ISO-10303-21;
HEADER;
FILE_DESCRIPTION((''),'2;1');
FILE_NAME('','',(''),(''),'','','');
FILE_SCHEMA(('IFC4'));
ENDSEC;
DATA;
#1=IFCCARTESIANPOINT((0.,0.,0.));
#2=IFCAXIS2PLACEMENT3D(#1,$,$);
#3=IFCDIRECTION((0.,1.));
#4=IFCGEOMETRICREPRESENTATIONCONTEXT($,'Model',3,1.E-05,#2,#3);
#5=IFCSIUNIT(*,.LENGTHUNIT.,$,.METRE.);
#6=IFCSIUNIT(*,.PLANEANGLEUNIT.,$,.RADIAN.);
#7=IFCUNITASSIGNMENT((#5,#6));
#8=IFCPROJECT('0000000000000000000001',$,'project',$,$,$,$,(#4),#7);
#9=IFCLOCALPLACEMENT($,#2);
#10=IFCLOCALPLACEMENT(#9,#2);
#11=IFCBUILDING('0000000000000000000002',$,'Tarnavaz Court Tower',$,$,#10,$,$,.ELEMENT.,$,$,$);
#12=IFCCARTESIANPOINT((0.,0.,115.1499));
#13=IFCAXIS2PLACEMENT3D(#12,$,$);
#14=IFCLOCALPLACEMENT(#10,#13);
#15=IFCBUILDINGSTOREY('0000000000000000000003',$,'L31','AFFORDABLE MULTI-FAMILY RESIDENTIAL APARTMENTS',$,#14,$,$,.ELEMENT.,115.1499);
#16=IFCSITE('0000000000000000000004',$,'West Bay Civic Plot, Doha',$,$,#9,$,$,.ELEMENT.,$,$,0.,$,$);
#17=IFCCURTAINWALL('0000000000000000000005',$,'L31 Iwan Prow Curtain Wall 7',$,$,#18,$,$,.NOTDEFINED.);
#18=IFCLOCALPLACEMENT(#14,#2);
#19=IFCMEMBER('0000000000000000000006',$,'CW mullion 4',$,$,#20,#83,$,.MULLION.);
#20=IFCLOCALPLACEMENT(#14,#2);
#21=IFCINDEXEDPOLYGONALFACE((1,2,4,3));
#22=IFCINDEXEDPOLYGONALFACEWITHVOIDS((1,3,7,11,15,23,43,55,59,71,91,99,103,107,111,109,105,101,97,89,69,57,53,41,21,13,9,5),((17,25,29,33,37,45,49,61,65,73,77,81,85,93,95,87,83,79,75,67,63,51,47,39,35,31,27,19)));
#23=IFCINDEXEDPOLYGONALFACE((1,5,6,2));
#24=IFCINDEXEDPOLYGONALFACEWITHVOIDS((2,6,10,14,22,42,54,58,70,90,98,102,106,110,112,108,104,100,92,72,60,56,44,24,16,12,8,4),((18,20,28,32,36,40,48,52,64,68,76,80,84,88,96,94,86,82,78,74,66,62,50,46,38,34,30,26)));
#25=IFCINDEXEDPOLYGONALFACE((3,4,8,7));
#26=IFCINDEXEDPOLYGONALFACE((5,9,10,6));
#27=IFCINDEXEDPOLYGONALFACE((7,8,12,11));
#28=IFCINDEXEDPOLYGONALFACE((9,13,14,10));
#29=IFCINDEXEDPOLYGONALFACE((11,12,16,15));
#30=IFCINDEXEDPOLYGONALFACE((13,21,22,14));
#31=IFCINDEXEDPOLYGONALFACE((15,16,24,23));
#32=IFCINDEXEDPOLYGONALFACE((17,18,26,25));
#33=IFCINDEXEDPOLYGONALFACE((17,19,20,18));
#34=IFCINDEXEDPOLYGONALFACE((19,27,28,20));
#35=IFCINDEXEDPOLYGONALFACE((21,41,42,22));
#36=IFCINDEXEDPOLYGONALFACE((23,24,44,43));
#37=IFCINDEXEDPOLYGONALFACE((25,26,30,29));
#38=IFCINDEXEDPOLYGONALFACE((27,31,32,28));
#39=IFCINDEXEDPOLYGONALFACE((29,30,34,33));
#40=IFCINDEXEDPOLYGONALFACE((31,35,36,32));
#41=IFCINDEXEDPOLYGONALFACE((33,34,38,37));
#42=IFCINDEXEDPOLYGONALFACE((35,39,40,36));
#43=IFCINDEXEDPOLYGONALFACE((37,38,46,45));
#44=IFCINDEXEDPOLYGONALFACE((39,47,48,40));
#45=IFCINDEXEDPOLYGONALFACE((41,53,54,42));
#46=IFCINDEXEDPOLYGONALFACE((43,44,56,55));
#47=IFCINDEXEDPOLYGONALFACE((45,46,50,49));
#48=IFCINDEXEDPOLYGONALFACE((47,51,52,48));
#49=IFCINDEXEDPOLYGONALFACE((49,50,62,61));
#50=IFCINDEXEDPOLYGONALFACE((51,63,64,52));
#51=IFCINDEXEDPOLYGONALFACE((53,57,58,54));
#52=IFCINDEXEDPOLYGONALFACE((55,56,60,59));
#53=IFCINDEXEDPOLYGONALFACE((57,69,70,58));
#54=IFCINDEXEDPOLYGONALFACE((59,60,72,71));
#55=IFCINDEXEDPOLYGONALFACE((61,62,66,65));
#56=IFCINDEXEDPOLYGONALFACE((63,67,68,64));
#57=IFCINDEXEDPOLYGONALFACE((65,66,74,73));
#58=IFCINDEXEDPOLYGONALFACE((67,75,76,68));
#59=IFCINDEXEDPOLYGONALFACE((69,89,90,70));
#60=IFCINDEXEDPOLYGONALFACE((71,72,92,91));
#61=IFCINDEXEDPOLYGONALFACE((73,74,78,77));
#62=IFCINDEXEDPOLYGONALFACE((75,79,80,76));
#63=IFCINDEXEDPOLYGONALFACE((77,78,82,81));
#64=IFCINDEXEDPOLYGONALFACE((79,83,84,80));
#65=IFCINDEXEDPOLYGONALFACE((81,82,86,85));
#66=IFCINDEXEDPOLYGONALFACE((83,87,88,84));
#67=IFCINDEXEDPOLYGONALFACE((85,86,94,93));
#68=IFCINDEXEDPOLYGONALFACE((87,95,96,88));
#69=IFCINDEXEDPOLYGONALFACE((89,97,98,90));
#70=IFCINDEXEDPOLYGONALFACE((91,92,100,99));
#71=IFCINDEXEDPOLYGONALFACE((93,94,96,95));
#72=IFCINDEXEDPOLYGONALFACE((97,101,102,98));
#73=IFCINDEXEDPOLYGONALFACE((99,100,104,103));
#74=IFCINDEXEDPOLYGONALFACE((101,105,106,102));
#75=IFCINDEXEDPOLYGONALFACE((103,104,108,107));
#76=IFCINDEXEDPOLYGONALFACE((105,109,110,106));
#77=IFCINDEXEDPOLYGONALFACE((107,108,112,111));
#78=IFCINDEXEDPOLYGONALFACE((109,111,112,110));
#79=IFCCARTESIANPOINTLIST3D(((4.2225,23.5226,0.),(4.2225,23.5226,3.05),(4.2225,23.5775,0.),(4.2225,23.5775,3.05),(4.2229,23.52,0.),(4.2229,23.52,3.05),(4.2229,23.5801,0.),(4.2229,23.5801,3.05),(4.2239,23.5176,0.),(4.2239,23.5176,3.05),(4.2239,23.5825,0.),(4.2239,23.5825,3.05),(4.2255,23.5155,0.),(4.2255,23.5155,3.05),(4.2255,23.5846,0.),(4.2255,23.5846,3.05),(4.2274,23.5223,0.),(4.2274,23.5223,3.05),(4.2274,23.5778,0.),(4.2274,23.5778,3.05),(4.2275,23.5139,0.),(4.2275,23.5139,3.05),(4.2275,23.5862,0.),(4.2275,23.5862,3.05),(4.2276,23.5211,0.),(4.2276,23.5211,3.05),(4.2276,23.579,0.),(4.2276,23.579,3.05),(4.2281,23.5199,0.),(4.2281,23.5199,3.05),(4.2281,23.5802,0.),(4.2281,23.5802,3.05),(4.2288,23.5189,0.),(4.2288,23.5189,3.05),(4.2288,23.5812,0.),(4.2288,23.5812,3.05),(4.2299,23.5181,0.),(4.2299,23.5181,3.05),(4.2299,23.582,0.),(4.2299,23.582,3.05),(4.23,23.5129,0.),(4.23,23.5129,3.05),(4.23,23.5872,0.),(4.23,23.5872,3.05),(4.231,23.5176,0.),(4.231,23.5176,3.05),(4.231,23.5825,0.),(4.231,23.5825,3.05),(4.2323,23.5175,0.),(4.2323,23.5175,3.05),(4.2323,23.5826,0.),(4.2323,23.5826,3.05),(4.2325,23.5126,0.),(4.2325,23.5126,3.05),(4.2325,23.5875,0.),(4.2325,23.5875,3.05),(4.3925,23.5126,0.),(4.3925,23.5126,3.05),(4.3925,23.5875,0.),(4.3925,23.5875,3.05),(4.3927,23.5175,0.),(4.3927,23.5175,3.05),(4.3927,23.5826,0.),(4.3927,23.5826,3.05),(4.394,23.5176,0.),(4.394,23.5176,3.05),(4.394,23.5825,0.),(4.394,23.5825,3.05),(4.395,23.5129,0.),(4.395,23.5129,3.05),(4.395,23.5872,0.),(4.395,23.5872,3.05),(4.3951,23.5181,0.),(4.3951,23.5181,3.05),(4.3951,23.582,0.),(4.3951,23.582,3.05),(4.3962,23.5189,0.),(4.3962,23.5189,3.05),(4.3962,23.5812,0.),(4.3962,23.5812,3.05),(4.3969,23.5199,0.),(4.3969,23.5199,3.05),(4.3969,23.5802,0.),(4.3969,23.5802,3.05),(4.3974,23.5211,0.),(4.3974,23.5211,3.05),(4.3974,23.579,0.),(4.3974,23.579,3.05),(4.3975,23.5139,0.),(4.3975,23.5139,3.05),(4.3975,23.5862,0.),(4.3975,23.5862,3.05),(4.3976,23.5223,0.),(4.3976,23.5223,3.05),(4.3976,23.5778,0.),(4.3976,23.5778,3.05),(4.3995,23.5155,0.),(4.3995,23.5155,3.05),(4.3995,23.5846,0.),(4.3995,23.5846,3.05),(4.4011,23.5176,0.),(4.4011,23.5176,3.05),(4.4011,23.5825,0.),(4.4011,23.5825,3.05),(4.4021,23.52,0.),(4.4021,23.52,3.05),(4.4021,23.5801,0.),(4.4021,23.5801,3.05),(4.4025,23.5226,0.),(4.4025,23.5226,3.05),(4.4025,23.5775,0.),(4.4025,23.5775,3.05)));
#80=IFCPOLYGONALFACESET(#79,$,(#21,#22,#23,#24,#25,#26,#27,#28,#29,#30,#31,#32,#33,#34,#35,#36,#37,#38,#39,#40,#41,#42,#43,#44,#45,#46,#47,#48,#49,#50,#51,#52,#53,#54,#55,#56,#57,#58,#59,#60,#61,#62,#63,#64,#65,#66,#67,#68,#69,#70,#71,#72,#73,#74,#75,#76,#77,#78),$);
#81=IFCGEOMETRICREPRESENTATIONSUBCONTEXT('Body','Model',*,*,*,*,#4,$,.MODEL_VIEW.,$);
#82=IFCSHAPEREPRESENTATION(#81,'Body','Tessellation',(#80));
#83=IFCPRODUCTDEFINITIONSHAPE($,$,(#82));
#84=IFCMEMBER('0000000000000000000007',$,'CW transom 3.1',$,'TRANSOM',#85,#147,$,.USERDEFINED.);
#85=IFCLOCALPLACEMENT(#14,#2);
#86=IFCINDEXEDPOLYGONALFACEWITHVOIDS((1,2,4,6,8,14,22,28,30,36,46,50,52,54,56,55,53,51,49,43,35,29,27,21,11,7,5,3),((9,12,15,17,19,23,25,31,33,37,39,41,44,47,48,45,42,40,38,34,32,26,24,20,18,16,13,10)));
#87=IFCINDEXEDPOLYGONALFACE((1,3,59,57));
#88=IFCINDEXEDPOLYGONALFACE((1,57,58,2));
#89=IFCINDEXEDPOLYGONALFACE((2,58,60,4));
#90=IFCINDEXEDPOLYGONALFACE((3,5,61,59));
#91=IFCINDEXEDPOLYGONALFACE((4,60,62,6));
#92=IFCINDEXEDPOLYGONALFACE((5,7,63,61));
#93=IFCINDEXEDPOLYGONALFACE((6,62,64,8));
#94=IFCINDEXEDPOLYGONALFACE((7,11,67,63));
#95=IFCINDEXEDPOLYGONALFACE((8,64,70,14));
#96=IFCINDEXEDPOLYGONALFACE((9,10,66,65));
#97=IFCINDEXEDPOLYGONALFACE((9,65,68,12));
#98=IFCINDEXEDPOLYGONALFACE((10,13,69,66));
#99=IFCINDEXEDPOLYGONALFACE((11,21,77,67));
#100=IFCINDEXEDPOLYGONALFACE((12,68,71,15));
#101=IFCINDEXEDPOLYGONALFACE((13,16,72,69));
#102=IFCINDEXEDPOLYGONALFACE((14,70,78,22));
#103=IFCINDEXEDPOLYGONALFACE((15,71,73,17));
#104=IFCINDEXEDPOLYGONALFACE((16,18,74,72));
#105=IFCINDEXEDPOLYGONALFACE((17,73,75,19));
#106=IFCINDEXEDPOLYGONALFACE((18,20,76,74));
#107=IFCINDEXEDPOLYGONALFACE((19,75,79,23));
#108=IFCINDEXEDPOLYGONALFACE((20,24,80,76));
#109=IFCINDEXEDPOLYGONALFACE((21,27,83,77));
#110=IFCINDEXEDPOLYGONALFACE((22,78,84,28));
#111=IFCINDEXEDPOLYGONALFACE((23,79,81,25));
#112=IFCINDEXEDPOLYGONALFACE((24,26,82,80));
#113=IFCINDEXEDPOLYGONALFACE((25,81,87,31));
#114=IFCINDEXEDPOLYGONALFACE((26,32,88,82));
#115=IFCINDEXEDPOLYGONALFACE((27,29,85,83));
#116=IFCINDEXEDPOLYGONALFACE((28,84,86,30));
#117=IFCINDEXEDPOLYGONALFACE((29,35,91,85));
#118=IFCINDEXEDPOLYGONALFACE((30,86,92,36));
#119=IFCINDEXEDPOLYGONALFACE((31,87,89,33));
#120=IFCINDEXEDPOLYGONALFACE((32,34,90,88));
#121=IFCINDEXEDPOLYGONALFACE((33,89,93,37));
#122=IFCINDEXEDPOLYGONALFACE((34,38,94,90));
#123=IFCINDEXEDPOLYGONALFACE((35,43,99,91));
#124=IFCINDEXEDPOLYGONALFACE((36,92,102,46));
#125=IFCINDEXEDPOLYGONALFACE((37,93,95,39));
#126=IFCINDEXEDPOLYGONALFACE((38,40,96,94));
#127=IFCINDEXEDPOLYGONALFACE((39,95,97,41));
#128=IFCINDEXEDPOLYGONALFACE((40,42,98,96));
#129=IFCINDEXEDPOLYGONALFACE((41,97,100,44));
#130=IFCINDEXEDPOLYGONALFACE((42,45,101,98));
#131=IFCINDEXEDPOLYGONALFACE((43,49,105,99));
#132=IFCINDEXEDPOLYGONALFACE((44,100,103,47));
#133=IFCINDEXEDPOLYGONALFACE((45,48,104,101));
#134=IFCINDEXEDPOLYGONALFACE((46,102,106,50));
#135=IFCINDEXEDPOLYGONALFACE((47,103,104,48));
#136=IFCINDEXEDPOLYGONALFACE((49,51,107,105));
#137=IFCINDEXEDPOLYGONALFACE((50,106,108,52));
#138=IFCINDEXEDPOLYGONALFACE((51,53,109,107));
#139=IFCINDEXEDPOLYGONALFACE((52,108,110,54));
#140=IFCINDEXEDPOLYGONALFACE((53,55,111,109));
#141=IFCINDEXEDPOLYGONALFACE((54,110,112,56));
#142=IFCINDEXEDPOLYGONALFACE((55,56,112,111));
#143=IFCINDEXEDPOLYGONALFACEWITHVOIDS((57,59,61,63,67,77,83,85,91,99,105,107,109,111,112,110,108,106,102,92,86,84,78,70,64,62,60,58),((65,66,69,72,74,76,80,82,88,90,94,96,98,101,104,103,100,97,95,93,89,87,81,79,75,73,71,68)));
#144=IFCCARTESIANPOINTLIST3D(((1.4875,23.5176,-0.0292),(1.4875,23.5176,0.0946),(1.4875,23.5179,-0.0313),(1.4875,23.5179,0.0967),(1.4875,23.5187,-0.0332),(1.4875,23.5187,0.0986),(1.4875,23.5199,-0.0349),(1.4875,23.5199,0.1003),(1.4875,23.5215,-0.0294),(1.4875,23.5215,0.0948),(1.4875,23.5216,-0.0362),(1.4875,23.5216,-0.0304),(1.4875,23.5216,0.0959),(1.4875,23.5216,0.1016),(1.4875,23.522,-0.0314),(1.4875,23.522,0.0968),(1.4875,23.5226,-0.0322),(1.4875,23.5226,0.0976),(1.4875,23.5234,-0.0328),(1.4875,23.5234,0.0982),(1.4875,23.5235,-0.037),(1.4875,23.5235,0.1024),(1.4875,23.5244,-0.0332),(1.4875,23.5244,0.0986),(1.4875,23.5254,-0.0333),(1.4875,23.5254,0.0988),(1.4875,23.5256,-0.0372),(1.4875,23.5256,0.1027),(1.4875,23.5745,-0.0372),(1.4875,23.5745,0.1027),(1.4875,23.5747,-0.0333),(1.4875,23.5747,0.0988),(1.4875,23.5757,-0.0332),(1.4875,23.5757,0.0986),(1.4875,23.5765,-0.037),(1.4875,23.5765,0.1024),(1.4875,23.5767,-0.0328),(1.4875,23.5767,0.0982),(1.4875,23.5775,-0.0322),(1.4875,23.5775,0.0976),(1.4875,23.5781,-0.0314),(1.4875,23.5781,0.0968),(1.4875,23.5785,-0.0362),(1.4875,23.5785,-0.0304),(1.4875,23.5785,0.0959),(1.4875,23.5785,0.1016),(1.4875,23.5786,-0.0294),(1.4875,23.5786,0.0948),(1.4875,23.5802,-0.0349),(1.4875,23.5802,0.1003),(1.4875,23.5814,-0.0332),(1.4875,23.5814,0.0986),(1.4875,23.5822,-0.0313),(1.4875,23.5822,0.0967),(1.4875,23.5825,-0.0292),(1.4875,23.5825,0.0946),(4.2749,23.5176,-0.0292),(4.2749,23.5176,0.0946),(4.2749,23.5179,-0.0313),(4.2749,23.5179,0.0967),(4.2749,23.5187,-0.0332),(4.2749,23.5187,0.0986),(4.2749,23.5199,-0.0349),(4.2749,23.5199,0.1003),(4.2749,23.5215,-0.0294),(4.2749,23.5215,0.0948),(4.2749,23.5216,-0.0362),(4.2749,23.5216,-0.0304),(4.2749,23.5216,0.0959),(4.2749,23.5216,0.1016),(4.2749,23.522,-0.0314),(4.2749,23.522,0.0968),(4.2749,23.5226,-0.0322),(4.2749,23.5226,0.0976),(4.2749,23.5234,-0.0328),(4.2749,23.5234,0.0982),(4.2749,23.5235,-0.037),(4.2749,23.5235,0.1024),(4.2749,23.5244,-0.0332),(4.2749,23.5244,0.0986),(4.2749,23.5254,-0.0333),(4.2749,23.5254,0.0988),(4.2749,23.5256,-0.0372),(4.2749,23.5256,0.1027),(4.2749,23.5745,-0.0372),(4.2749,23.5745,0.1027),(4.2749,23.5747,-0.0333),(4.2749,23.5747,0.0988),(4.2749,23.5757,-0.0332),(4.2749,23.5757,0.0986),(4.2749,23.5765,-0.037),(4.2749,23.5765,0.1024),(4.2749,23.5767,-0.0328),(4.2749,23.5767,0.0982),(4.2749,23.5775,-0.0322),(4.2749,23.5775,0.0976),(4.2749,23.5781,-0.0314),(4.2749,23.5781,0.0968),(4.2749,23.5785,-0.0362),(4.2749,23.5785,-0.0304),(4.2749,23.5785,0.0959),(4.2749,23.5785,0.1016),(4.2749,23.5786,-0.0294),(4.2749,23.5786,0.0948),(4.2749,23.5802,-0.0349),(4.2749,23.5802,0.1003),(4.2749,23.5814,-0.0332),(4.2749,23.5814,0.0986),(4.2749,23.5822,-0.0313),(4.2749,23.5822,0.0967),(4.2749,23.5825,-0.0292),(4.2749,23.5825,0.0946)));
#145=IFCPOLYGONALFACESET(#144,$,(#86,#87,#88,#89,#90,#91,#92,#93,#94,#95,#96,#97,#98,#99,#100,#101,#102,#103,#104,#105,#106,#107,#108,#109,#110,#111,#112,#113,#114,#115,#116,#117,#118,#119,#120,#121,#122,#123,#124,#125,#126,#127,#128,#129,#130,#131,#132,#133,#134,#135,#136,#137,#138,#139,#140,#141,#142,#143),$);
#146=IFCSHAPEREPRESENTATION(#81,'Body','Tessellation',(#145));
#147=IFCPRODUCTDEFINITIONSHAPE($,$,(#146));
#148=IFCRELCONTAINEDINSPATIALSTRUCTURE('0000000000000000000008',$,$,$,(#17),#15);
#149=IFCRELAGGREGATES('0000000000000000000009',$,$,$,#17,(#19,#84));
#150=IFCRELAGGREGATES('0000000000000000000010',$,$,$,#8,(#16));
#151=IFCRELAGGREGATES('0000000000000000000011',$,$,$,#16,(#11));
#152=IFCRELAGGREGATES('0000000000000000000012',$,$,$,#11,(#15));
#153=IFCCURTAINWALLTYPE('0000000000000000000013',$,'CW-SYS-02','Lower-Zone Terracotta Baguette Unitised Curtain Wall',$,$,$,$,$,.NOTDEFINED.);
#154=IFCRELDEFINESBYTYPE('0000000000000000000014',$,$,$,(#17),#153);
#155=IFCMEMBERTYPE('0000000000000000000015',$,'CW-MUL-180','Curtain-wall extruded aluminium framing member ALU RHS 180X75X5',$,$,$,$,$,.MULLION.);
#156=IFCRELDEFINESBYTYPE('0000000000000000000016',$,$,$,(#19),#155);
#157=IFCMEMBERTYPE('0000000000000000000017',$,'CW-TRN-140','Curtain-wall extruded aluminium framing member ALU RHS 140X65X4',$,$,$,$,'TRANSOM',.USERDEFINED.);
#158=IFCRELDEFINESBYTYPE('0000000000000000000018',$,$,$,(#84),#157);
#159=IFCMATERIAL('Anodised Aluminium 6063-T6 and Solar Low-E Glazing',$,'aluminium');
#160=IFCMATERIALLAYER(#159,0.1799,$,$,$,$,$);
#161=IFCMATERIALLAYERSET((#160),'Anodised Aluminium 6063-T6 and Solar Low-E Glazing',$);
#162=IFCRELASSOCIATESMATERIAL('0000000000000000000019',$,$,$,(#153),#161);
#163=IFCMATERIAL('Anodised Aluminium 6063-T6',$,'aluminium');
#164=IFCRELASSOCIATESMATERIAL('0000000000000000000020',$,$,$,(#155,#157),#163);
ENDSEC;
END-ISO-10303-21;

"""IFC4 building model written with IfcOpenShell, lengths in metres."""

from ifc_helpers import new_model, si_unit, direction, frame, origin, origin_2d, place, context, subcontext, project, spatial, hollow_rectangle, extrude, material, layer, layer_set, material_profile, profile_set, type_object, element, aggregate, save


model = new_model("IFC4")

# Units and contexts
model_context = context("Model", 3, precision=1e-05, world=origin(), true_north=direction((0.0, 1.0)))
body_context = subcontext(model_context, "Body", "Model", "MODEL_VIEW")
ifc_project = project(units=[si_unit("LENGTHUNIT", "METRE"), si_unit("PLANEANGLEUNIT", "RADIAN")], contexts=[model_context])

# Site, building, storey
site_placement = place(None, origin())
site = spatial("IfcSite", under=ifc_project, at=site_placement, Name="West Bay Civic Plot, Doha", CompositionType="ELEMENT", RefElevation=0.0)
building_placement = place(site_placement, origin())
building = spatial("IfcBuilding", under=site, at=building_placement, Name="Tarnavaz Court Tower", CompositionType="ELEMENT")
storey_placement = place(building_placement, frame((0.0, 0.0, 115.1499)))
storey = spatial("IfcBuildingStorey", under=building, at=storey_placement, Name="L31", Description="AFFORDABLE MULTI-FAMILY RESIDENTIAL APARTMENTS", CompositionType="ELEMENT", Elevation=115.1499)

# Curtain wall, members
ifc_material_1 = material(Name="Anodised Aluminium 6063-T6 and Solar Low-E Glazing", Category="aluminium")
ifc_layer_1 = layer(ifc_material_1, 0.1799)
ifc_layer_set_1 = layer_set([ifc_layer_1], Name="Anodised Aluminium 6063-T6 and Solar Low-E Glazing")
curtain_wall_type = type_object("IfcCurtainWallType", Name="CW-SYS-02", Description="Lower-Zone Terracotta Baguette Unitised Curtain Wall", PredefinedType="NOTDEFINED", material=ifc_layer_set_1)
curtain_wall_placement = place(storey_placement, origin())
curtain_wall = element("IfcCurtainWall", 1, at=curtain_wall_placement, inside=storey, type_object=curtain_wall_type, Name="L31 Iwan Prow Curtain Wall 7", PredefinedType="NOTDEFINED")
ifc_material_2 = material(Name="Anodised Aluminium 6063-T6", Category="aluminium")
ifc_material_profile_1 = material_profile(ifc_material_2, hollow_rectangle(XDim=0.075, YDim=0.1799, WallThickness=0.0049, InnerFilletRadius=0.0049, OuterFilletRadius=0.01, at=origin_2d()), Name="ALU RHS 180X75X5")
ifc_profile_set_1 = profile_set([ifc_material_profile_1], Name="Anodised Aluminium 6063-T6")
member_type_1 = type_object("IfcMemberType", Name="CW-MUL-180", Description="Curtain-wall extruded aluminium framing member ALU RHS 180X75X5", PredefinedType="MULLION", material=ifc_profile_set_1)
member_1_placement = place(storey_placement, frame((4.3125, 23.55, 0.0), z_axis=(0.0, 0.0, 1.0), x_axis=(0.0, 1.0, 0.0)))
member_1 = element("IfcMember", 2, at=member_1_placement, type_object=member_type_1, Name="CW mullion 4", PredefinedType="MULLION", context=body_context, shape_type="SweptSolid", body=[
    extrude(hollow_rectangle(XDim=0.075, YDim=0.1799, WallThickness=0.0049, InnerFilletRadius=0.0049, OuterFilletRadius=0.01, at=origin_2d()), origin(), (0.0, 0.0, 1.0), 3.05),
])
ifc_material_profile_2 = material_profile(ifc_material_2, hollow_rectangle(XDim=0.0649, YDim=0.1399, WallThickness=0.0039, InnerFilletRadius=0.0039, OuterFilletRadius=0.0081, at=origin_2d()), Name="ALU RHS 140X65X4")
ifc_profile_set_2 = profile_set([ifc_material_profile_2], Name="Anodised Aluminium 6063-T6")
member_type_2 = type_object("IfcMemberType", Name="CW-TRN-140", Description="Curtain-wall extruded aluminium framing member ALU RHS 140X65X4", ElementType="TRANSOM", PredefinedType="USERDEFINED", material=ifc_profile_set_2)
member_2_placement = place(storey_placement, frame((1.4875, 23.55, 0.0327), z_axis=(1.0, 0.0, 0.0), x_axis=(0.0, 1.0, 0.0)))
member_2 = element("IfcMember", 3, at=member_2_placement, type_object=member_type_2, Name="CW transom 3.1", ObjectType="TRANSOM", PredefinedType="USERDEFINED", context=body_context, shape_type="SweptSolid", body=[
    extrude(hollow_rectangle(XDim=0.0649, YDim=0.1399, WallThickness=0.0039, InnerFilletRadius=0.0039, OuterFilletRadius=0.0081, at=origin_2d()), origin(), (0.0, 0.0, 1.0), 2.7874),
])
aggregate(curtain_wall, [member_1, member_2])

save(model, "model.ifc")
